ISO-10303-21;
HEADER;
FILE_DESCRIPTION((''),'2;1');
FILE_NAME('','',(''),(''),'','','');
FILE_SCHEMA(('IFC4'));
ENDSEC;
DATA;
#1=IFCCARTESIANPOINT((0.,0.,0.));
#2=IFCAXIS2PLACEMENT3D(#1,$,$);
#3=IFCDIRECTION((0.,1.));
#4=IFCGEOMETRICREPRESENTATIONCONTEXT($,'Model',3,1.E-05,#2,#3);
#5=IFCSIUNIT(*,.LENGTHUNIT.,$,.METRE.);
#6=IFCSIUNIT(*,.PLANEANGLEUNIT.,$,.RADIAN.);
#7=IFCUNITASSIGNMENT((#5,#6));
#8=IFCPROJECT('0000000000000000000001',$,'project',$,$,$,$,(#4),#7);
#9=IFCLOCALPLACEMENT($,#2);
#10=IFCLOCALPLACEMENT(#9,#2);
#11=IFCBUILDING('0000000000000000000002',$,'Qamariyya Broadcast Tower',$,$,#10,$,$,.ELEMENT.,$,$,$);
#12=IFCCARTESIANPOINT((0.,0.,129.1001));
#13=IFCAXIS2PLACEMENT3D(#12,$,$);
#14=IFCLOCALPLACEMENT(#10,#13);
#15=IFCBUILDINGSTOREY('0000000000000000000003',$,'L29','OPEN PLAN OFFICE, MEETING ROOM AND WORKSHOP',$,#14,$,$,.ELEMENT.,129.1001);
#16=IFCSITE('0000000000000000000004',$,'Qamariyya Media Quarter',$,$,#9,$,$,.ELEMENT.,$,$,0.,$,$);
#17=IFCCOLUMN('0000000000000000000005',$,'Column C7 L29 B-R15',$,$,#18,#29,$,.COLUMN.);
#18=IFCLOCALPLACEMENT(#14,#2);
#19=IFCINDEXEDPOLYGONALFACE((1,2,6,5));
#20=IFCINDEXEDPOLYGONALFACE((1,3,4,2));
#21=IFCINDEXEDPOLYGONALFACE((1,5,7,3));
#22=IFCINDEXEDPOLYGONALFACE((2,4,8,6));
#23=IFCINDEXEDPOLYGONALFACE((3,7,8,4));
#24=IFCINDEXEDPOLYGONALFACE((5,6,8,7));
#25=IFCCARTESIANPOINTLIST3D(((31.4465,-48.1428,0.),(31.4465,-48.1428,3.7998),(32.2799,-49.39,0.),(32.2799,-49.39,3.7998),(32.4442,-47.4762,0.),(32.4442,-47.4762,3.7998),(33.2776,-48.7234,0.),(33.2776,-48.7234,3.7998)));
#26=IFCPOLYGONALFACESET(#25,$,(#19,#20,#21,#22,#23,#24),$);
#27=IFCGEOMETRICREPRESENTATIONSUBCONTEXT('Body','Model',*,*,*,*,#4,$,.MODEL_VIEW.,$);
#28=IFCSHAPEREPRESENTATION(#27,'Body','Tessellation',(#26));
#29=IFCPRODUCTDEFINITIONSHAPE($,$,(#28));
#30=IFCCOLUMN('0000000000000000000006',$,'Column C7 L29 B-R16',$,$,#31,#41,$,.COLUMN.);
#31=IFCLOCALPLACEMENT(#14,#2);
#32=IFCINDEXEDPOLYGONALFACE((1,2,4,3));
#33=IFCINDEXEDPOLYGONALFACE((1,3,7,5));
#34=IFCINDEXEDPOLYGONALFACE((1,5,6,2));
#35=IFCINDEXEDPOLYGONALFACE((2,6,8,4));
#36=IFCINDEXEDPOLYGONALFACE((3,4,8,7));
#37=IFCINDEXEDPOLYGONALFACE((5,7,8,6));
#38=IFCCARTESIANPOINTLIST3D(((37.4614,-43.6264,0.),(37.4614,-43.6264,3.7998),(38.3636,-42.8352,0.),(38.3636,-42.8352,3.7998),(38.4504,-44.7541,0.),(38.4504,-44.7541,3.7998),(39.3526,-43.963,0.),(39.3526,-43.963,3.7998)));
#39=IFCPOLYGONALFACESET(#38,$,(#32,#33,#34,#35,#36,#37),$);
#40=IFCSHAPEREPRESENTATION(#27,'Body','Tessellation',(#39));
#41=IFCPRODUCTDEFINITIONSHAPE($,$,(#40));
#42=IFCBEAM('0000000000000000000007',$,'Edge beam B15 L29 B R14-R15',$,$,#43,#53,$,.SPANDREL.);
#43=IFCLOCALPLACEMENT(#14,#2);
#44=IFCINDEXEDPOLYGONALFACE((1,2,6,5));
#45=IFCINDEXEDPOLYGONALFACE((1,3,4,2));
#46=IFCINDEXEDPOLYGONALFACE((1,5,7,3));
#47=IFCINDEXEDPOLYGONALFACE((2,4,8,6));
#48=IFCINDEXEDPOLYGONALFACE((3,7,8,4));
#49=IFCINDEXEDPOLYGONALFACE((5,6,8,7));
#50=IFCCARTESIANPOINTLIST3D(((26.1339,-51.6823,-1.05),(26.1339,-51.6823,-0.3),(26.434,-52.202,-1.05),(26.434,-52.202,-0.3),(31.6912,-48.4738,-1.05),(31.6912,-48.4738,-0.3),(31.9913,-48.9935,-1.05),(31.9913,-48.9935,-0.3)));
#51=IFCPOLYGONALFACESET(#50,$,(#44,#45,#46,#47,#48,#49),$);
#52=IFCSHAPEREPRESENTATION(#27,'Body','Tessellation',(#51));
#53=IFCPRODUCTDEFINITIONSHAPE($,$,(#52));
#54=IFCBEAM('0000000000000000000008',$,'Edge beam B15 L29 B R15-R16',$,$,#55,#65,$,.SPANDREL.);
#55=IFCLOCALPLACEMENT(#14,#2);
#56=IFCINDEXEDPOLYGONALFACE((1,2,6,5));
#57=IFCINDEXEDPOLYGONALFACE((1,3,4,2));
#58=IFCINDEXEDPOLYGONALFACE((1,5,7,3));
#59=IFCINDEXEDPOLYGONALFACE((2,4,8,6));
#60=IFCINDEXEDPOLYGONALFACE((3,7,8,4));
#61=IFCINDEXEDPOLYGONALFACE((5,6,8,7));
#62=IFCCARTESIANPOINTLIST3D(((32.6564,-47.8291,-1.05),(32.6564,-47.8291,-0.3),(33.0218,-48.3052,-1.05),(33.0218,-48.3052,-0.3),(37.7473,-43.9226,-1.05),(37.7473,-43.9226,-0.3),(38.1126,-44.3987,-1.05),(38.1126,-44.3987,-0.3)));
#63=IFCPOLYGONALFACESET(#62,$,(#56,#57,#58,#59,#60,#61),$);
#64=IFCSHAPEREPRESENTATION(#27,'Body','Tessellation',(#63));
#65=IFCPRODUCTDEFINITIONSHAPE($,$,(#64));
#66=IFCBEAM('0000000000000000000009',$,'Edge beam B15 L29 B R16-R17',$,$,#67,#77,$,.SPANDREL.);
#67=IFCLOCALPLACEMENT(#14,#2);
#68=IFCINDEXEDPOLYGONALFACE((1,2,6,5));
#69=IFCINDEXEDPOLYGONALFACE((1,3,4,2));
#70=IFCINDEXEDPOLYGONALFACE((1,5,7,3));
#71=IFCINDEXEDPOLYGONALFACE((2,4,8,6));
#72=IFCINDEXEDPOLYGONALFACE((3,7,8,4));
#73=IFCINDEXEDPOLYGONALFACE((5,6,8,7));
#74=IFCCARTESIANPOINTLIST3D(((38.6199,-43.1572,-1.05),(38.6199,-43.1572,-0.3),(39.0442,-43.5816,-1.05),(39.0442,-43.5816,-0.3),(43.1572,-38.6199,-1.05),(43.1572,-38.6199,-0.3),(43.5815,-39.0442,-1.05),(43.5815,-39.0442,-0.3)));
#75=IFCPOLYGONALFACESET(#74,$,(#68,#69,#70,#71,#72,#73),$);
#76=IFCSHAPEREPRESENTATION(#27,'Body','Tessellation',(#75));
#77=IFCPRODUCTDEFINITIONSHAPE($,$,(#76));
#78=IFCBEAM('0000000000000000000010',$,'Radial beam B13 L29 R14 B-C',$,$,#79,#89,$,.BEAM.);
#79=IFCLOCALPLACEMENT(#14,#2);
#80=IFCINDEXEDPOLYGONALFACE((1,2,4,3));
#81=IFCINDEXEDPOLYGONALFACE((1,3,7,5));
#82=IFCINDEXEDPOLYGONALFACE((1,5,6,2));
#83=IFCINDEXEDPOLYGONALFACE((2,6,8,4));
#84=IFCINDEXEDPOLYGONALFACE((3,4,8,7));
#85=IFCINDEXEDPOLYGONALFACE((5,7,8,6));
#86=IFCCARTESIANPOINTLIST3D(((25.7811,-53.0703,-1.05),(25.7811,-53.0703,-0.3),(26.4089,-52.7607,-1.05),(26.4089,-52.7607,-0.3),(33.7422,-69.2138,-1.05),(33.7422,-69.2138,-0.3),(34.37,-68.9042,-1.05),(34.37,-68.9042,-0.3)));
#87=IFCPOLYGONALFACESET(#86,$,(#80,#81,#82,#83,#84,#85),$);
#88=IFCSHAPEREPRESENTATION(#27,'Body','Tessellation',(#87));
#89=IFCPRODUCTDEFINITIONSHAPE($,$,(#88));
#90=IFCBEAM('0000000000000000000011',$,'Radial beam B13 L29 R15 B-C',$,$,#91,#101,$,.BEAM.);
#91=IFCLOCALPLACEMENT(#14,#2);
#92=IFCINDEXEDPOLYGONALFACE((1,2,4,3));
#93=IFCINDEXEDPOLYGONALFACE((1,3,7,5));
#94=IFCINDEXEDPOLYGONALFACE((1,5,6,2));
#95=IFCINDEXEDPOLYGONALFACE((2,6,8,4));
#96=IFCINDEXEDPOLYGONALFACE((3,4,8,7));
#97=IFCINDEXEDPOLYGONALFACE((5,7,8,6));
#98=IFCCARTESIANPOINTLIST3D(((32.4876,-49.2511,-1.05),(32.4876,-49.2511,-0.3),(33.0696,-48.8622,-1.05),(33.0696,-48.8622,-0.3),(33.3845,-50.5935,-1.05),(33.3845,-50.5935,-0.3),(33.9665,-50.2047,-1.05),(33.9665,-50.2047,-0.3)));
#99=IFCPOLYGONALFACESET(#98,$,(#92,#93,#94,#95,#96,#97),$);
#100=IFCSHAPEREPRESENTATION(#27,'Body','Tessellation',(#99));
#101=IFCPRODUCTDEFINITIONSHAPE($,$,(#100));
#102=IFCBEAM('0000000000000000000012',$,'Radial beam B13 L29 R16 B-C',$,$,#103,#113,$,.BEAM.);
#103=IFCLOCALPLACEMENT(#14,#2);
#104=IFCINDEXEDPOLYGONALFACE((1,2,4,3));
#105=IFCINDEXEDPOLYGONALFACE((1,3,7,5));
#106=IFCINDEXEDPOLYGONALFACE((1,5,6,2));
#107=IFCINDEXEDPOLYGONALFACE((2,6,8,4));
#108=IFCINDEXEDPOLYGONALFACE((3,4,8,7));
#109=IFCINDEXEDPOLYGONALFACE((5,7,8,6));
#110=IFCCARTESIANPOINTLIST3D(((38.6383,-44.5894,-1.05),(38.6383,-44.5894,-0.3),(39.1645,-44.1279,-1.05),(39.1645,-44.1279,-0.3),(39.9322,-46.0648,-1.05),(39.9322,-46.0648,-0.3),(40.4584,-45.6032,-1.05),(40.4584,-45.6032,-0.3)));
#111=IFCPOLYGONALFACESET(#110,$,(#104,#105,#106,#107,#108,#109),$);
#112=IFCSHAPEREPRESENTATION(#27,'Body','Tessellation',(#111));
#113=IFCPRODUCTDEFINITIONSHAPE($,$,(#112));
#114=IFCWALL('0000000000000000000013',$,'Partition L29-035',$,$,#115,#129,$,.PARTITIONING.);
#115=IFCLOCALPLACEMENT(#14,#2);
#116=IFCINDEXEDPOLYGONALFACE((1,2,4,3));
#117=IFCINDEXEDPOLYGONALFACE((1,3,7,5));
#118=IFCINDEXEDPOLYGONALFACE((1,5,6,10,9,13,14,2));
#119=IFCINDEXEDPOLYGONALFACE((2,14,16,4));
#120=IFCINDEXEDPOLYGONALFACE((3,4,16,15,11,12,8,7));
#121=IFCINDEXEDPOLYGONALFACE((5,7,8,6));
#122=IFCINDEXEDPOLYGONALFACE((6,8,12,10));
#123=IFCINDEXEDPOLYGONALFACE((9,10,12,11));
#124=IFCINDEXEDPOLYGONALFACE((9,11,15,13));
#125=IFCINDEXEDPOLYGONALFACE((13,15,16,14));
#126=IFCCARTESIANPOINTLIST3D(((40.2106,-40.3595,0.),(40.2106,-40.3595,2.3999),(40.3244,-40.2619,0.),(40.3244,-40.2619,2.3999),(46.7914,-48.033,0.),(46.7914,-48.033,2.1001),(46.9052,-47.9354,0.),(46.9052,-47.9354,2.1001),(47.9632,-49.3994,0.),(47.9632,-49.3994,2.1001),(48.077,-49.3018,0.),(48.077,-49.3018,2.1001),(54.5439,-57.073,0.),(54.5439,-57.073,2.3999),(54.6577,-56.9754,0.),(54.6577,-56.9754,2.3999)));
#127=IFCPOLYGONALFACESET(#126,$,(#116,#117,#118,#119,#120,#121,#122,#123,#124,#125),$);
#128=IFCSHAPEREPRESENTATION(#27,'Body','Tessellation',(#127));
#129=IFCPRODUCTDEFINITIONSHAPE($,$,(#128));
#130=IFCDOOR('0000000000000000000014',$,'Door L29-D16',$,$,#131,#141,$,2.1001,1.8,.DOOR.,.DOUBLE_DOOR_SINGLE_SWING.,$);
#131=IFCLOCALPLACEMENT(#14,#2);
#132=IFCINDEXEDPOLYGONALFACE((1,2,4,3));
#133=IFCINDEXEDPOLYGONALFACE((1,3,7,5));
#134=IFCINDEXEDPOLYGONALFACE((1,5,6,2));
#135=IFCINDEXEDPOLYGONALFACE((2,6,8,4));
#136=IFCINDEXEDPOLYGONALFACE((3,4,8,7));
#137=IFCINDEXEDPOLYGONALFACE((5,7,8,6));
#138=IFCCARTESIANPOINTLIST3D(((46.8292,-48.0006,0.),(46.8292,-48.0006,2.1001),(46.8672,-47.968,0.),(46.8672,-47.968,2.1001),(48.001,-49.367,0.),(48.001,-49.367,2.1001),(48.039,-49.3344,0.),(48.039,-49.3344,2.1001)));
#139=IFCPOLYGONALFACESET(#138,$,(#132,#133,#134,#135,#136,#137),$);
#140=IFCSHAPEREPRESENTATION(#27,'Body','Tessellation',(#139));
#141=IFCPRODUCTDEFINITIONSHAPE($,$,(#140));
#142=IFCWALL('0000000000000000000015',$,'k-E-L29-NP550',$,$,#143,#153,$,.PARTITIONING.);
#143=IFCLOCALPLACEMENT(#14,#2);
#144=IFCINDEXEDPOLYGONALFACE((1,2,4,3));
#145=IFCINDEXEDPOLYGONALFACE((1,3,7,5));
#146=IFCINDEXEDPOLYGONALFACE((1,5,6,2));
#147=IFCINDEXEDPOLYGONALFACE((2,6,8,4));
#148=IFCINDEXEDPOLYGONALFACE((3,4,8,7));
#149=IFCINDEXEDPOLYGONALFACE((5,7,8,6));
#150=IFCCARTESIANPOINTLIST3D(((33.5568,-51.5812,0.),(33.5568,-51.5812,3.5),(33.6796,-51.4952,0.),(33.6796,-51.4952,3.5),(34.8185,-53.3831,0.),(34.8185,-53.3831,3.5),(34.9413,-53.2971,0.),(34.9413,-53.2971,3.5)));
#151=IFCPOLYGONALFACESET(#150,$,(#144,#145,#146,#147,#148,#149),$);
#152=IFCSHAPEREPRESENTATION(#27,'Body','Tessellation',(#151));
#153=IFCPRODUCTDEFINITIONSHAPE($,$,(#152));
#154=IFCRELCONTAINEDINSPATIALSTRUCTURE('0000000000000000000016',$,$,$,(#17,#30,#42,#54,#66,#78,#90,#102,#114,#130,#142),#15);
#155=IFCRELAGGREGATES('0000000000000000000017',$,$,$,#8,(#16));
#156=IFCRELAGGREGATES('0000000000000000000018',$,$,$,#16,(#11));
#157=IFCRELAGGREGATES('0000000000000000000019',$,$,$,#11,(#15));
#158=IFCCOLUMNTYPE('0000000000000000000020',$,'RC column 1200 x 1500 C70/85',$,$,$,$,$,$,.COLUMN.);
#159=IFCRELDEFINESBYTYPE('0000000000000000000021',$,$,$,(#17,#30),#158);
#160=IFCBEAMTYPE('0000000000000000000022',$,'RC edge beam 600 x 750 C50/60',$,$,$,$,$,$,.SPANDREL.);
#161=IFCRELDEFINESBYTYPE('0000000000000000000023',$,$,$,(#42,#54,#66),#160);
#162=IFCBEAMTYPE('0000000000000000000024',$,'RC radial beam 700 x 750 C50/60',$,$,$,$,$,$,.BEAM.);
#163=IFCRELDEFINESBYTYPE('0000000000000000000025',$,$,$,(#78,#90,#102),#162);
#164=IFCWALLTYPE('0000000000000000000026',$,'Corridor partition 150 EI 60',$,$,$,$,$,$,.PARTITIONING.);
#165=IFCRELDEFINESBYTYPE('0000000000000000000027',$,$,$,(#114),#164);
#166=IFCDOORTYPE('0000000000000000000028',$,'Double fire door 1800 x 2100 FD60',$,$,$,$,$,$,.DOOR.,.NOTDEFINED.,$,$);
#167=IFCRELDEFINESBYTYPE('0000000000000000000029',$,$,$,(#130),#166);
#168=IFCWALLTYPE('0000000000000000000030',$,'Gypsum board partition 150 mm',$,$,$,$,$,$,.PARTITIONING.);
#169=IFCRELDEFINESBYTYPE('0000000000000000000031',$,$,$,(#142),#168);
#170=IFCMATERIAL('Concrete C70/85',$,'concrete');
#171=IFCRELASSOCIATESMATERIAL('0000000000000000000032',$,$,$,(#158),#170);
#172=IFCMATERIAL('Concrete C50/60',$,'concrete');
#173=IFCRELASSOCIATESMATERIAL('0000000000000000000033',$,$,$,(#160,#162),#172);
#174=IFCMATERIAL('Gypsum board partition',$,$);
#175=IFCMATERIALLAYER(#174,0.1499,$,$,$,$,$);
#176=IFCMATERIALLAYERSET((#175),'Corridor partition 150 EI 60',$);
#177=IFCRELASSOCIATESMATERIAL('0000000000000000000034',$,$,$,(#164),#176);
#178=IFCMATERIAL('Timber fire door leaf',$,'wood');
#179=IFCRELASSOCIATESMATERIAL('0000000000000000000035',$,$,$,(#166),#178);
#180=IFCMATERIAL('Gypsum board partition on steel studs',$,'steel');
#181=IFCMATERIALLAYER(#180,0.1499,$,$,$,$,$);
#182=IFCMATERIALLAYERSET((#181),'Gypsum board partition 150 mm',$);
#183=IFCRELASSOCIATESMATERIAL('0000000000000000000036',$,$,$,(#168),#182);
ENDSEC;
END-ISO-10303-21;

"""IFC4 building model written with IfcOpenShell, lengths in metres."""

from ifc_helpers import new_model, si_unit, direction, frame, frame_2d, origin, origin_2d, place, context, subcontext, project, spatial, rectangle, extrude, material, layer, layer_set, material_profile, profile_set, type_object, element, fill, save


model = new_model("IFC4")

# Units and contexts
model_context = context("Model", 3, precision=1e-05, world=origin(), true_north=direction((0.0, 1.0)))
body_context = subcontext(model_context, "Body", "Model", "MODEL_VIEW")
ifc_project = project(units=[si_unit("LENGTHUNIT", "METRE"), si_unit("PLANEANGLEUNIT", "RADIAN")], contexts=[model_context])

# Site, building, storey
site_placement = place(None, origin())
site = spatial("IfcSite", under=ifc_project, at=site_placement, Name="Qamariyya Media Quarter", CompositionType="ELEMENT", RefElevation=0.0)
building_placement = place(site_placement, origin())
building = spatial("IfcBuilding", under=site, at=building_placement, Name="Qamariyya Broadcast Tower", CompositionType="ELEMENT")
storey_placement = place(building_placement, frame((0.0, 0.0, 129.1001)))
storey = spatial("IfcBuildingStorey", under=building, at=storey_placement, Name="L29", Description="OPEN PLAN OFFICE, MEETING ROOM AND WORKSHOP", CompositionType="ELEMENT", Elevation=129.1001)

# Columns
ifc_material_1 = material(Name="Concrete C70/85", Category="concrete")
ifc_material_profile_1 = material_profile(ifc_material_1, rectangle(XDim=1.2, YDim=1.5, at=origin_2d()))
ifc_profile_set_1 = profile_set([ifc_material_profile_1], Name="Concrete C70/85")
column_type = type_object("IfcColumnType", Name="RC column 1200 x 1500 C70/85", PredefinedType="COLUMN", material=ifc_profile_set_1)
for number, where, z_axis, x_axis, name in (
    (1, (32.3621, -48.4331, 0.0), (0.0, 0.0, 1.0), (0.83147, 0.55557, 0.0), "Column C7 L29 B-R15"),
    (2, (38.407, -43.7947, 0.0), (0.0, 0.0, 1.0), (0.75184, 0.659346, 0.0), "Column C7 L29 B-R16"),
):
    element("IfcColumn", number, at=place(storey_placement, frame(where, z_axis=z_axis, x_axis=x_axis)), inside=storey, type_object=column_type, Name=name, PredefinedType="COLUMN", context=body_context, shape_type="SweptSolid", body=[
        extrude(rectangle(XDim=1.2, YDim=1.5, at=origin_2d()), origin(), (0.0, 0.0, 1.0), 3.7998),
    ])

# Beams
ifc_material_2 = material(Name="Concrete C50/60", Category="concrete")
ifc_material_profile_2 = material_profile(ifc_material_2, rectangle(XDim=0.6001, YDim=0.75, at=origin_2d()))
ifc_profile_set_2 = profile_set([ifc_material_profile_2], Name="Concrete C50/60")
beam_type_1 = type_object("IfcBeamType", Name="RC edge beam 600 x 750 C50/60", PredefinedType="SPANDREL", material=ifc_profile_set_2)
for number, where, z_axis, x_axis, name in (
    (3, (26.2839, -51.9421, -0.675), (0.866029, 0.499994, 0.0), (-0.499994, 0.866029, 0.0), "Edge beam B15 L29 B R14-R15"),
    (4, (32.8391, -48.0671, -0.675), (0.793341, 0.608778, 0.0), (-0.608778, 0.793341, 0.0), "Edge beam B15 L29 B R15-R16"),
):
    element("IfcBeam", number, at=place(storey_placement, frame(where, z_axis=z_axis, x_axis=x_axis)), inside=storey, type_object=beam_type_1, Name=name, PredefinedType="SPANDREL", context=body_context, shape_type="SweptSolid", body=[
        extrude(rectangle(XDim=0.6001, YDim=0.75, at=origin_2d()), origin(), (0.0, 0.0, 1.0), 6.417),
    ])
beam_1_placement = place(storey_placement, frame((38.832, -43.3694, -0.675), z_axis=(0.707107, 0.707107, 0.0), x_axis=(-0.707107, 0.707107, 0.0)))
element("IfcBeam", 5, at=beam_1_placement, inside=storey, type_object=beam_type_1, Name="Edge beam B15 L29 B R16-R17", PredefinedType="SPANDREL", context=body_context, shape_type="SweptSolid", body=[
    extrude(rectangle(XDim=0.6001, YDim=0.75, at=origin_2d()), origin(), (0.0, 0.0, 1.0), 6.4167),
])
ifc_material_profile_3 = material_profile(ifc_material_2, rectangle(XDim=0.7, YDim=0.75, at=origin_2d()))
ifc_profile_set_3 = profile_set([ifc_material_profile_3], Name="Concrete C50/60")
beam_type_2 = type_object("IfcBeamType", Name="RC radial beam 700 x 750 C50/60", PredefinedType="BEAM", material=ifc_profile_set_3)
beam_2_placement = place(storey_placement, frame((26.095, -52.9155, -0.675), z_axis=(0.442291, -0.896871, 0.0), x_axis=(0.896871, 0.442291, 0.0)))
element("IfcBeam", 6, at=beam_2_placement, inside=storey, type_object=beam_type_2, Name="Radial beam B13 L29 R14 B-C", PredefinedType="BEAM", context=body_context, shape_type="SweptSolid", body=[
    extrude(rectangle(XDim=0.7, YDim=0.75, at=origin_2d()), origin(), (0.0, 0.0, 1.0), 17.9998),
])
beam_3_placement = place(storey_placement, frame((32.7786, -49.0566, -0.675), z_axis=(0.555537, -0.831492, 0.0), x_axis=(0.831492, 0.555537, 0.0)))
element("IfcBeam", 7, at=beam_3_placement, inside=storey, type_object=beam_type_2, Name="Radial beam B13 L29 R15 B-C", PredefinedType="BEAM", context=body_context, shape_type="SweptSolid", body=[
    extrude(rectangle(XDim=0.7, YDim=0.75, at=origin_2d()), origin(), (0.0, 0.0, 1.0), 1.6145),
])
beam_4_placement = place(storey_placement, frame((38.9014, -44.3586, -0.675), z_axis=(0.659376, -0.751813, 0.0), x_axis=(0.751813, 0.659376, 0.0)))
element("IfcBeam", 8, at=beam_4_placement, inside=storey, type_object=beam_type_2, Name="Radial beam B13 L29 R16 B-C", PredefinedType="BEAM", context=body_context, shape_type="SweptSolid", body=[
    extrude(rectangle(XDim=0.7, YDim=0.75, at=origin_2d()), origin(), (0.0, 0.0, 1.0), 1.9624),
])

# Wall, opening, door
ifc_material_3 = material(Name="Gypsum board partition")
ifc_layer_1 = layer(ifc_material_3, 0.1499)
ifc_layer_set_1 = layer_set([ifc_layer_1], Name="Corridor partition 150 EI 60")
wall_type_1 = type_object("IfcWallType", Name="Corridor partition 150 EI 60", PredefinedType="PARTITIONING", material=ifc_layer_set_1)
wall_1_placement = place(storey_placement, frame((40.2676, -40.3108, 0.0), z_axis=(0.0, 0.0, 1.0), x_axis=(0.650988, -0.759088, 0.0)))
wall_1 = element("IfcWall", 9, at=wall_1_placement, inside=storey, type_object=wall_type_1, Name="Partition L29-035", PredefinedType="PARTITIONING", context=body_context, shape_type="SweptSolid", body=[
    extrude(rectangle(XDim=22.0178, YDim=0.1499, at=frame_2d((11.0088, 0.0))), origin(), (0.0, 0.0, 1.0), 2.3999),
])
opening_1_placement = place(wall_1_placement, frame((10.1089, 0.0, 0.0)))
opening_1 = element("IfcOpeningElement", 10, at=opening_1_placement, cuts=wall_1, PredefinedType="OPENING", context=body_context, shape_type="SweptSolid", body=[
    extrude(rectangle(XDim=1.8, YDim=2.1001, at=frame_2d((0.8999, 1.05))), frame((0.0, 0.085, 0.0), z_axis=(0.0, -1.0, 0.0), x_axis=(1.0, 0.0, 0.0)), (0.0, 0.0, 1.0), 0.1699),
])
ifc_material_4 = material(Name="Timber fire door leaf", Category="wood")
door_type_1 = type_object("IfcDoorType", Name="Double fire door 1800 x 2100 FD60", OperationType="NOTDEFINED", PredefinedType="DOOR", material=ifc_material_4)
door_1_placement = place(opening_1_placement, origin())
door_1 = element("IfcDoor", 11, at=door_1_placement, inside=storey, type_object=door_type_1, Name="Door L29-D16", OperationType="DOUBLE_DOOR_SINGLE_SWING", OverallHeight=2.1001, OverallWidth=1.8, PredefinedType="DOOR", context=body_context, shape_type="SweptSolid", body=[
    extrude(rectangle(XDim=1.8, YDim=2.1001, at=frame_2d((0.8999, 1.05))), frame((0.0, 0.0249, 0.0), z_axis=(0.0, -1.0, 0.0), x_axis=(1.0, 0.0, 0.0)), (0.0, 0.0, 1.0), 0.05),
])
fill(opening_1, door_1)

# Wall
ifc_material_5 = material(Name="Gypsum board partition on steel studs", Category="steel")
ifc_layer_2 = layer(ifc_material_5, 0.1499)
ifc_layer_set_2 = layer_set([ifc_layer_2], Name="Gypsum board partition 150 mm")
wall_type_2 = type_object("IfcWallType", Name="Gypsum board partition 150 mm", PredefinedType="PARTITIONING", material=ifc_layer_set_2)
wall_2_placement = place(storey_placement, frame((34.8799, -53.3401, 0.0), z_axis=(0.0, 0.0, 1.0), x_axis=(-0.573559, 0.819164, 0.0)))
element("IfcWall", 12, at=wall_2_placement, inside=storey, type_object=wall_type_2, Name="k-E-L29-NP550", PredefinedType="PARTITIONING", context=body_context, shape_type="SweptSolid", body=[
    extrude(rectangle(XDim=2.1997, YDim=0.1499, at=frame_2d((1.0999, 0.0))), origin(), (0.0, 0.0, 1.0), 3.5),
])

save(model, "model.ifc")
